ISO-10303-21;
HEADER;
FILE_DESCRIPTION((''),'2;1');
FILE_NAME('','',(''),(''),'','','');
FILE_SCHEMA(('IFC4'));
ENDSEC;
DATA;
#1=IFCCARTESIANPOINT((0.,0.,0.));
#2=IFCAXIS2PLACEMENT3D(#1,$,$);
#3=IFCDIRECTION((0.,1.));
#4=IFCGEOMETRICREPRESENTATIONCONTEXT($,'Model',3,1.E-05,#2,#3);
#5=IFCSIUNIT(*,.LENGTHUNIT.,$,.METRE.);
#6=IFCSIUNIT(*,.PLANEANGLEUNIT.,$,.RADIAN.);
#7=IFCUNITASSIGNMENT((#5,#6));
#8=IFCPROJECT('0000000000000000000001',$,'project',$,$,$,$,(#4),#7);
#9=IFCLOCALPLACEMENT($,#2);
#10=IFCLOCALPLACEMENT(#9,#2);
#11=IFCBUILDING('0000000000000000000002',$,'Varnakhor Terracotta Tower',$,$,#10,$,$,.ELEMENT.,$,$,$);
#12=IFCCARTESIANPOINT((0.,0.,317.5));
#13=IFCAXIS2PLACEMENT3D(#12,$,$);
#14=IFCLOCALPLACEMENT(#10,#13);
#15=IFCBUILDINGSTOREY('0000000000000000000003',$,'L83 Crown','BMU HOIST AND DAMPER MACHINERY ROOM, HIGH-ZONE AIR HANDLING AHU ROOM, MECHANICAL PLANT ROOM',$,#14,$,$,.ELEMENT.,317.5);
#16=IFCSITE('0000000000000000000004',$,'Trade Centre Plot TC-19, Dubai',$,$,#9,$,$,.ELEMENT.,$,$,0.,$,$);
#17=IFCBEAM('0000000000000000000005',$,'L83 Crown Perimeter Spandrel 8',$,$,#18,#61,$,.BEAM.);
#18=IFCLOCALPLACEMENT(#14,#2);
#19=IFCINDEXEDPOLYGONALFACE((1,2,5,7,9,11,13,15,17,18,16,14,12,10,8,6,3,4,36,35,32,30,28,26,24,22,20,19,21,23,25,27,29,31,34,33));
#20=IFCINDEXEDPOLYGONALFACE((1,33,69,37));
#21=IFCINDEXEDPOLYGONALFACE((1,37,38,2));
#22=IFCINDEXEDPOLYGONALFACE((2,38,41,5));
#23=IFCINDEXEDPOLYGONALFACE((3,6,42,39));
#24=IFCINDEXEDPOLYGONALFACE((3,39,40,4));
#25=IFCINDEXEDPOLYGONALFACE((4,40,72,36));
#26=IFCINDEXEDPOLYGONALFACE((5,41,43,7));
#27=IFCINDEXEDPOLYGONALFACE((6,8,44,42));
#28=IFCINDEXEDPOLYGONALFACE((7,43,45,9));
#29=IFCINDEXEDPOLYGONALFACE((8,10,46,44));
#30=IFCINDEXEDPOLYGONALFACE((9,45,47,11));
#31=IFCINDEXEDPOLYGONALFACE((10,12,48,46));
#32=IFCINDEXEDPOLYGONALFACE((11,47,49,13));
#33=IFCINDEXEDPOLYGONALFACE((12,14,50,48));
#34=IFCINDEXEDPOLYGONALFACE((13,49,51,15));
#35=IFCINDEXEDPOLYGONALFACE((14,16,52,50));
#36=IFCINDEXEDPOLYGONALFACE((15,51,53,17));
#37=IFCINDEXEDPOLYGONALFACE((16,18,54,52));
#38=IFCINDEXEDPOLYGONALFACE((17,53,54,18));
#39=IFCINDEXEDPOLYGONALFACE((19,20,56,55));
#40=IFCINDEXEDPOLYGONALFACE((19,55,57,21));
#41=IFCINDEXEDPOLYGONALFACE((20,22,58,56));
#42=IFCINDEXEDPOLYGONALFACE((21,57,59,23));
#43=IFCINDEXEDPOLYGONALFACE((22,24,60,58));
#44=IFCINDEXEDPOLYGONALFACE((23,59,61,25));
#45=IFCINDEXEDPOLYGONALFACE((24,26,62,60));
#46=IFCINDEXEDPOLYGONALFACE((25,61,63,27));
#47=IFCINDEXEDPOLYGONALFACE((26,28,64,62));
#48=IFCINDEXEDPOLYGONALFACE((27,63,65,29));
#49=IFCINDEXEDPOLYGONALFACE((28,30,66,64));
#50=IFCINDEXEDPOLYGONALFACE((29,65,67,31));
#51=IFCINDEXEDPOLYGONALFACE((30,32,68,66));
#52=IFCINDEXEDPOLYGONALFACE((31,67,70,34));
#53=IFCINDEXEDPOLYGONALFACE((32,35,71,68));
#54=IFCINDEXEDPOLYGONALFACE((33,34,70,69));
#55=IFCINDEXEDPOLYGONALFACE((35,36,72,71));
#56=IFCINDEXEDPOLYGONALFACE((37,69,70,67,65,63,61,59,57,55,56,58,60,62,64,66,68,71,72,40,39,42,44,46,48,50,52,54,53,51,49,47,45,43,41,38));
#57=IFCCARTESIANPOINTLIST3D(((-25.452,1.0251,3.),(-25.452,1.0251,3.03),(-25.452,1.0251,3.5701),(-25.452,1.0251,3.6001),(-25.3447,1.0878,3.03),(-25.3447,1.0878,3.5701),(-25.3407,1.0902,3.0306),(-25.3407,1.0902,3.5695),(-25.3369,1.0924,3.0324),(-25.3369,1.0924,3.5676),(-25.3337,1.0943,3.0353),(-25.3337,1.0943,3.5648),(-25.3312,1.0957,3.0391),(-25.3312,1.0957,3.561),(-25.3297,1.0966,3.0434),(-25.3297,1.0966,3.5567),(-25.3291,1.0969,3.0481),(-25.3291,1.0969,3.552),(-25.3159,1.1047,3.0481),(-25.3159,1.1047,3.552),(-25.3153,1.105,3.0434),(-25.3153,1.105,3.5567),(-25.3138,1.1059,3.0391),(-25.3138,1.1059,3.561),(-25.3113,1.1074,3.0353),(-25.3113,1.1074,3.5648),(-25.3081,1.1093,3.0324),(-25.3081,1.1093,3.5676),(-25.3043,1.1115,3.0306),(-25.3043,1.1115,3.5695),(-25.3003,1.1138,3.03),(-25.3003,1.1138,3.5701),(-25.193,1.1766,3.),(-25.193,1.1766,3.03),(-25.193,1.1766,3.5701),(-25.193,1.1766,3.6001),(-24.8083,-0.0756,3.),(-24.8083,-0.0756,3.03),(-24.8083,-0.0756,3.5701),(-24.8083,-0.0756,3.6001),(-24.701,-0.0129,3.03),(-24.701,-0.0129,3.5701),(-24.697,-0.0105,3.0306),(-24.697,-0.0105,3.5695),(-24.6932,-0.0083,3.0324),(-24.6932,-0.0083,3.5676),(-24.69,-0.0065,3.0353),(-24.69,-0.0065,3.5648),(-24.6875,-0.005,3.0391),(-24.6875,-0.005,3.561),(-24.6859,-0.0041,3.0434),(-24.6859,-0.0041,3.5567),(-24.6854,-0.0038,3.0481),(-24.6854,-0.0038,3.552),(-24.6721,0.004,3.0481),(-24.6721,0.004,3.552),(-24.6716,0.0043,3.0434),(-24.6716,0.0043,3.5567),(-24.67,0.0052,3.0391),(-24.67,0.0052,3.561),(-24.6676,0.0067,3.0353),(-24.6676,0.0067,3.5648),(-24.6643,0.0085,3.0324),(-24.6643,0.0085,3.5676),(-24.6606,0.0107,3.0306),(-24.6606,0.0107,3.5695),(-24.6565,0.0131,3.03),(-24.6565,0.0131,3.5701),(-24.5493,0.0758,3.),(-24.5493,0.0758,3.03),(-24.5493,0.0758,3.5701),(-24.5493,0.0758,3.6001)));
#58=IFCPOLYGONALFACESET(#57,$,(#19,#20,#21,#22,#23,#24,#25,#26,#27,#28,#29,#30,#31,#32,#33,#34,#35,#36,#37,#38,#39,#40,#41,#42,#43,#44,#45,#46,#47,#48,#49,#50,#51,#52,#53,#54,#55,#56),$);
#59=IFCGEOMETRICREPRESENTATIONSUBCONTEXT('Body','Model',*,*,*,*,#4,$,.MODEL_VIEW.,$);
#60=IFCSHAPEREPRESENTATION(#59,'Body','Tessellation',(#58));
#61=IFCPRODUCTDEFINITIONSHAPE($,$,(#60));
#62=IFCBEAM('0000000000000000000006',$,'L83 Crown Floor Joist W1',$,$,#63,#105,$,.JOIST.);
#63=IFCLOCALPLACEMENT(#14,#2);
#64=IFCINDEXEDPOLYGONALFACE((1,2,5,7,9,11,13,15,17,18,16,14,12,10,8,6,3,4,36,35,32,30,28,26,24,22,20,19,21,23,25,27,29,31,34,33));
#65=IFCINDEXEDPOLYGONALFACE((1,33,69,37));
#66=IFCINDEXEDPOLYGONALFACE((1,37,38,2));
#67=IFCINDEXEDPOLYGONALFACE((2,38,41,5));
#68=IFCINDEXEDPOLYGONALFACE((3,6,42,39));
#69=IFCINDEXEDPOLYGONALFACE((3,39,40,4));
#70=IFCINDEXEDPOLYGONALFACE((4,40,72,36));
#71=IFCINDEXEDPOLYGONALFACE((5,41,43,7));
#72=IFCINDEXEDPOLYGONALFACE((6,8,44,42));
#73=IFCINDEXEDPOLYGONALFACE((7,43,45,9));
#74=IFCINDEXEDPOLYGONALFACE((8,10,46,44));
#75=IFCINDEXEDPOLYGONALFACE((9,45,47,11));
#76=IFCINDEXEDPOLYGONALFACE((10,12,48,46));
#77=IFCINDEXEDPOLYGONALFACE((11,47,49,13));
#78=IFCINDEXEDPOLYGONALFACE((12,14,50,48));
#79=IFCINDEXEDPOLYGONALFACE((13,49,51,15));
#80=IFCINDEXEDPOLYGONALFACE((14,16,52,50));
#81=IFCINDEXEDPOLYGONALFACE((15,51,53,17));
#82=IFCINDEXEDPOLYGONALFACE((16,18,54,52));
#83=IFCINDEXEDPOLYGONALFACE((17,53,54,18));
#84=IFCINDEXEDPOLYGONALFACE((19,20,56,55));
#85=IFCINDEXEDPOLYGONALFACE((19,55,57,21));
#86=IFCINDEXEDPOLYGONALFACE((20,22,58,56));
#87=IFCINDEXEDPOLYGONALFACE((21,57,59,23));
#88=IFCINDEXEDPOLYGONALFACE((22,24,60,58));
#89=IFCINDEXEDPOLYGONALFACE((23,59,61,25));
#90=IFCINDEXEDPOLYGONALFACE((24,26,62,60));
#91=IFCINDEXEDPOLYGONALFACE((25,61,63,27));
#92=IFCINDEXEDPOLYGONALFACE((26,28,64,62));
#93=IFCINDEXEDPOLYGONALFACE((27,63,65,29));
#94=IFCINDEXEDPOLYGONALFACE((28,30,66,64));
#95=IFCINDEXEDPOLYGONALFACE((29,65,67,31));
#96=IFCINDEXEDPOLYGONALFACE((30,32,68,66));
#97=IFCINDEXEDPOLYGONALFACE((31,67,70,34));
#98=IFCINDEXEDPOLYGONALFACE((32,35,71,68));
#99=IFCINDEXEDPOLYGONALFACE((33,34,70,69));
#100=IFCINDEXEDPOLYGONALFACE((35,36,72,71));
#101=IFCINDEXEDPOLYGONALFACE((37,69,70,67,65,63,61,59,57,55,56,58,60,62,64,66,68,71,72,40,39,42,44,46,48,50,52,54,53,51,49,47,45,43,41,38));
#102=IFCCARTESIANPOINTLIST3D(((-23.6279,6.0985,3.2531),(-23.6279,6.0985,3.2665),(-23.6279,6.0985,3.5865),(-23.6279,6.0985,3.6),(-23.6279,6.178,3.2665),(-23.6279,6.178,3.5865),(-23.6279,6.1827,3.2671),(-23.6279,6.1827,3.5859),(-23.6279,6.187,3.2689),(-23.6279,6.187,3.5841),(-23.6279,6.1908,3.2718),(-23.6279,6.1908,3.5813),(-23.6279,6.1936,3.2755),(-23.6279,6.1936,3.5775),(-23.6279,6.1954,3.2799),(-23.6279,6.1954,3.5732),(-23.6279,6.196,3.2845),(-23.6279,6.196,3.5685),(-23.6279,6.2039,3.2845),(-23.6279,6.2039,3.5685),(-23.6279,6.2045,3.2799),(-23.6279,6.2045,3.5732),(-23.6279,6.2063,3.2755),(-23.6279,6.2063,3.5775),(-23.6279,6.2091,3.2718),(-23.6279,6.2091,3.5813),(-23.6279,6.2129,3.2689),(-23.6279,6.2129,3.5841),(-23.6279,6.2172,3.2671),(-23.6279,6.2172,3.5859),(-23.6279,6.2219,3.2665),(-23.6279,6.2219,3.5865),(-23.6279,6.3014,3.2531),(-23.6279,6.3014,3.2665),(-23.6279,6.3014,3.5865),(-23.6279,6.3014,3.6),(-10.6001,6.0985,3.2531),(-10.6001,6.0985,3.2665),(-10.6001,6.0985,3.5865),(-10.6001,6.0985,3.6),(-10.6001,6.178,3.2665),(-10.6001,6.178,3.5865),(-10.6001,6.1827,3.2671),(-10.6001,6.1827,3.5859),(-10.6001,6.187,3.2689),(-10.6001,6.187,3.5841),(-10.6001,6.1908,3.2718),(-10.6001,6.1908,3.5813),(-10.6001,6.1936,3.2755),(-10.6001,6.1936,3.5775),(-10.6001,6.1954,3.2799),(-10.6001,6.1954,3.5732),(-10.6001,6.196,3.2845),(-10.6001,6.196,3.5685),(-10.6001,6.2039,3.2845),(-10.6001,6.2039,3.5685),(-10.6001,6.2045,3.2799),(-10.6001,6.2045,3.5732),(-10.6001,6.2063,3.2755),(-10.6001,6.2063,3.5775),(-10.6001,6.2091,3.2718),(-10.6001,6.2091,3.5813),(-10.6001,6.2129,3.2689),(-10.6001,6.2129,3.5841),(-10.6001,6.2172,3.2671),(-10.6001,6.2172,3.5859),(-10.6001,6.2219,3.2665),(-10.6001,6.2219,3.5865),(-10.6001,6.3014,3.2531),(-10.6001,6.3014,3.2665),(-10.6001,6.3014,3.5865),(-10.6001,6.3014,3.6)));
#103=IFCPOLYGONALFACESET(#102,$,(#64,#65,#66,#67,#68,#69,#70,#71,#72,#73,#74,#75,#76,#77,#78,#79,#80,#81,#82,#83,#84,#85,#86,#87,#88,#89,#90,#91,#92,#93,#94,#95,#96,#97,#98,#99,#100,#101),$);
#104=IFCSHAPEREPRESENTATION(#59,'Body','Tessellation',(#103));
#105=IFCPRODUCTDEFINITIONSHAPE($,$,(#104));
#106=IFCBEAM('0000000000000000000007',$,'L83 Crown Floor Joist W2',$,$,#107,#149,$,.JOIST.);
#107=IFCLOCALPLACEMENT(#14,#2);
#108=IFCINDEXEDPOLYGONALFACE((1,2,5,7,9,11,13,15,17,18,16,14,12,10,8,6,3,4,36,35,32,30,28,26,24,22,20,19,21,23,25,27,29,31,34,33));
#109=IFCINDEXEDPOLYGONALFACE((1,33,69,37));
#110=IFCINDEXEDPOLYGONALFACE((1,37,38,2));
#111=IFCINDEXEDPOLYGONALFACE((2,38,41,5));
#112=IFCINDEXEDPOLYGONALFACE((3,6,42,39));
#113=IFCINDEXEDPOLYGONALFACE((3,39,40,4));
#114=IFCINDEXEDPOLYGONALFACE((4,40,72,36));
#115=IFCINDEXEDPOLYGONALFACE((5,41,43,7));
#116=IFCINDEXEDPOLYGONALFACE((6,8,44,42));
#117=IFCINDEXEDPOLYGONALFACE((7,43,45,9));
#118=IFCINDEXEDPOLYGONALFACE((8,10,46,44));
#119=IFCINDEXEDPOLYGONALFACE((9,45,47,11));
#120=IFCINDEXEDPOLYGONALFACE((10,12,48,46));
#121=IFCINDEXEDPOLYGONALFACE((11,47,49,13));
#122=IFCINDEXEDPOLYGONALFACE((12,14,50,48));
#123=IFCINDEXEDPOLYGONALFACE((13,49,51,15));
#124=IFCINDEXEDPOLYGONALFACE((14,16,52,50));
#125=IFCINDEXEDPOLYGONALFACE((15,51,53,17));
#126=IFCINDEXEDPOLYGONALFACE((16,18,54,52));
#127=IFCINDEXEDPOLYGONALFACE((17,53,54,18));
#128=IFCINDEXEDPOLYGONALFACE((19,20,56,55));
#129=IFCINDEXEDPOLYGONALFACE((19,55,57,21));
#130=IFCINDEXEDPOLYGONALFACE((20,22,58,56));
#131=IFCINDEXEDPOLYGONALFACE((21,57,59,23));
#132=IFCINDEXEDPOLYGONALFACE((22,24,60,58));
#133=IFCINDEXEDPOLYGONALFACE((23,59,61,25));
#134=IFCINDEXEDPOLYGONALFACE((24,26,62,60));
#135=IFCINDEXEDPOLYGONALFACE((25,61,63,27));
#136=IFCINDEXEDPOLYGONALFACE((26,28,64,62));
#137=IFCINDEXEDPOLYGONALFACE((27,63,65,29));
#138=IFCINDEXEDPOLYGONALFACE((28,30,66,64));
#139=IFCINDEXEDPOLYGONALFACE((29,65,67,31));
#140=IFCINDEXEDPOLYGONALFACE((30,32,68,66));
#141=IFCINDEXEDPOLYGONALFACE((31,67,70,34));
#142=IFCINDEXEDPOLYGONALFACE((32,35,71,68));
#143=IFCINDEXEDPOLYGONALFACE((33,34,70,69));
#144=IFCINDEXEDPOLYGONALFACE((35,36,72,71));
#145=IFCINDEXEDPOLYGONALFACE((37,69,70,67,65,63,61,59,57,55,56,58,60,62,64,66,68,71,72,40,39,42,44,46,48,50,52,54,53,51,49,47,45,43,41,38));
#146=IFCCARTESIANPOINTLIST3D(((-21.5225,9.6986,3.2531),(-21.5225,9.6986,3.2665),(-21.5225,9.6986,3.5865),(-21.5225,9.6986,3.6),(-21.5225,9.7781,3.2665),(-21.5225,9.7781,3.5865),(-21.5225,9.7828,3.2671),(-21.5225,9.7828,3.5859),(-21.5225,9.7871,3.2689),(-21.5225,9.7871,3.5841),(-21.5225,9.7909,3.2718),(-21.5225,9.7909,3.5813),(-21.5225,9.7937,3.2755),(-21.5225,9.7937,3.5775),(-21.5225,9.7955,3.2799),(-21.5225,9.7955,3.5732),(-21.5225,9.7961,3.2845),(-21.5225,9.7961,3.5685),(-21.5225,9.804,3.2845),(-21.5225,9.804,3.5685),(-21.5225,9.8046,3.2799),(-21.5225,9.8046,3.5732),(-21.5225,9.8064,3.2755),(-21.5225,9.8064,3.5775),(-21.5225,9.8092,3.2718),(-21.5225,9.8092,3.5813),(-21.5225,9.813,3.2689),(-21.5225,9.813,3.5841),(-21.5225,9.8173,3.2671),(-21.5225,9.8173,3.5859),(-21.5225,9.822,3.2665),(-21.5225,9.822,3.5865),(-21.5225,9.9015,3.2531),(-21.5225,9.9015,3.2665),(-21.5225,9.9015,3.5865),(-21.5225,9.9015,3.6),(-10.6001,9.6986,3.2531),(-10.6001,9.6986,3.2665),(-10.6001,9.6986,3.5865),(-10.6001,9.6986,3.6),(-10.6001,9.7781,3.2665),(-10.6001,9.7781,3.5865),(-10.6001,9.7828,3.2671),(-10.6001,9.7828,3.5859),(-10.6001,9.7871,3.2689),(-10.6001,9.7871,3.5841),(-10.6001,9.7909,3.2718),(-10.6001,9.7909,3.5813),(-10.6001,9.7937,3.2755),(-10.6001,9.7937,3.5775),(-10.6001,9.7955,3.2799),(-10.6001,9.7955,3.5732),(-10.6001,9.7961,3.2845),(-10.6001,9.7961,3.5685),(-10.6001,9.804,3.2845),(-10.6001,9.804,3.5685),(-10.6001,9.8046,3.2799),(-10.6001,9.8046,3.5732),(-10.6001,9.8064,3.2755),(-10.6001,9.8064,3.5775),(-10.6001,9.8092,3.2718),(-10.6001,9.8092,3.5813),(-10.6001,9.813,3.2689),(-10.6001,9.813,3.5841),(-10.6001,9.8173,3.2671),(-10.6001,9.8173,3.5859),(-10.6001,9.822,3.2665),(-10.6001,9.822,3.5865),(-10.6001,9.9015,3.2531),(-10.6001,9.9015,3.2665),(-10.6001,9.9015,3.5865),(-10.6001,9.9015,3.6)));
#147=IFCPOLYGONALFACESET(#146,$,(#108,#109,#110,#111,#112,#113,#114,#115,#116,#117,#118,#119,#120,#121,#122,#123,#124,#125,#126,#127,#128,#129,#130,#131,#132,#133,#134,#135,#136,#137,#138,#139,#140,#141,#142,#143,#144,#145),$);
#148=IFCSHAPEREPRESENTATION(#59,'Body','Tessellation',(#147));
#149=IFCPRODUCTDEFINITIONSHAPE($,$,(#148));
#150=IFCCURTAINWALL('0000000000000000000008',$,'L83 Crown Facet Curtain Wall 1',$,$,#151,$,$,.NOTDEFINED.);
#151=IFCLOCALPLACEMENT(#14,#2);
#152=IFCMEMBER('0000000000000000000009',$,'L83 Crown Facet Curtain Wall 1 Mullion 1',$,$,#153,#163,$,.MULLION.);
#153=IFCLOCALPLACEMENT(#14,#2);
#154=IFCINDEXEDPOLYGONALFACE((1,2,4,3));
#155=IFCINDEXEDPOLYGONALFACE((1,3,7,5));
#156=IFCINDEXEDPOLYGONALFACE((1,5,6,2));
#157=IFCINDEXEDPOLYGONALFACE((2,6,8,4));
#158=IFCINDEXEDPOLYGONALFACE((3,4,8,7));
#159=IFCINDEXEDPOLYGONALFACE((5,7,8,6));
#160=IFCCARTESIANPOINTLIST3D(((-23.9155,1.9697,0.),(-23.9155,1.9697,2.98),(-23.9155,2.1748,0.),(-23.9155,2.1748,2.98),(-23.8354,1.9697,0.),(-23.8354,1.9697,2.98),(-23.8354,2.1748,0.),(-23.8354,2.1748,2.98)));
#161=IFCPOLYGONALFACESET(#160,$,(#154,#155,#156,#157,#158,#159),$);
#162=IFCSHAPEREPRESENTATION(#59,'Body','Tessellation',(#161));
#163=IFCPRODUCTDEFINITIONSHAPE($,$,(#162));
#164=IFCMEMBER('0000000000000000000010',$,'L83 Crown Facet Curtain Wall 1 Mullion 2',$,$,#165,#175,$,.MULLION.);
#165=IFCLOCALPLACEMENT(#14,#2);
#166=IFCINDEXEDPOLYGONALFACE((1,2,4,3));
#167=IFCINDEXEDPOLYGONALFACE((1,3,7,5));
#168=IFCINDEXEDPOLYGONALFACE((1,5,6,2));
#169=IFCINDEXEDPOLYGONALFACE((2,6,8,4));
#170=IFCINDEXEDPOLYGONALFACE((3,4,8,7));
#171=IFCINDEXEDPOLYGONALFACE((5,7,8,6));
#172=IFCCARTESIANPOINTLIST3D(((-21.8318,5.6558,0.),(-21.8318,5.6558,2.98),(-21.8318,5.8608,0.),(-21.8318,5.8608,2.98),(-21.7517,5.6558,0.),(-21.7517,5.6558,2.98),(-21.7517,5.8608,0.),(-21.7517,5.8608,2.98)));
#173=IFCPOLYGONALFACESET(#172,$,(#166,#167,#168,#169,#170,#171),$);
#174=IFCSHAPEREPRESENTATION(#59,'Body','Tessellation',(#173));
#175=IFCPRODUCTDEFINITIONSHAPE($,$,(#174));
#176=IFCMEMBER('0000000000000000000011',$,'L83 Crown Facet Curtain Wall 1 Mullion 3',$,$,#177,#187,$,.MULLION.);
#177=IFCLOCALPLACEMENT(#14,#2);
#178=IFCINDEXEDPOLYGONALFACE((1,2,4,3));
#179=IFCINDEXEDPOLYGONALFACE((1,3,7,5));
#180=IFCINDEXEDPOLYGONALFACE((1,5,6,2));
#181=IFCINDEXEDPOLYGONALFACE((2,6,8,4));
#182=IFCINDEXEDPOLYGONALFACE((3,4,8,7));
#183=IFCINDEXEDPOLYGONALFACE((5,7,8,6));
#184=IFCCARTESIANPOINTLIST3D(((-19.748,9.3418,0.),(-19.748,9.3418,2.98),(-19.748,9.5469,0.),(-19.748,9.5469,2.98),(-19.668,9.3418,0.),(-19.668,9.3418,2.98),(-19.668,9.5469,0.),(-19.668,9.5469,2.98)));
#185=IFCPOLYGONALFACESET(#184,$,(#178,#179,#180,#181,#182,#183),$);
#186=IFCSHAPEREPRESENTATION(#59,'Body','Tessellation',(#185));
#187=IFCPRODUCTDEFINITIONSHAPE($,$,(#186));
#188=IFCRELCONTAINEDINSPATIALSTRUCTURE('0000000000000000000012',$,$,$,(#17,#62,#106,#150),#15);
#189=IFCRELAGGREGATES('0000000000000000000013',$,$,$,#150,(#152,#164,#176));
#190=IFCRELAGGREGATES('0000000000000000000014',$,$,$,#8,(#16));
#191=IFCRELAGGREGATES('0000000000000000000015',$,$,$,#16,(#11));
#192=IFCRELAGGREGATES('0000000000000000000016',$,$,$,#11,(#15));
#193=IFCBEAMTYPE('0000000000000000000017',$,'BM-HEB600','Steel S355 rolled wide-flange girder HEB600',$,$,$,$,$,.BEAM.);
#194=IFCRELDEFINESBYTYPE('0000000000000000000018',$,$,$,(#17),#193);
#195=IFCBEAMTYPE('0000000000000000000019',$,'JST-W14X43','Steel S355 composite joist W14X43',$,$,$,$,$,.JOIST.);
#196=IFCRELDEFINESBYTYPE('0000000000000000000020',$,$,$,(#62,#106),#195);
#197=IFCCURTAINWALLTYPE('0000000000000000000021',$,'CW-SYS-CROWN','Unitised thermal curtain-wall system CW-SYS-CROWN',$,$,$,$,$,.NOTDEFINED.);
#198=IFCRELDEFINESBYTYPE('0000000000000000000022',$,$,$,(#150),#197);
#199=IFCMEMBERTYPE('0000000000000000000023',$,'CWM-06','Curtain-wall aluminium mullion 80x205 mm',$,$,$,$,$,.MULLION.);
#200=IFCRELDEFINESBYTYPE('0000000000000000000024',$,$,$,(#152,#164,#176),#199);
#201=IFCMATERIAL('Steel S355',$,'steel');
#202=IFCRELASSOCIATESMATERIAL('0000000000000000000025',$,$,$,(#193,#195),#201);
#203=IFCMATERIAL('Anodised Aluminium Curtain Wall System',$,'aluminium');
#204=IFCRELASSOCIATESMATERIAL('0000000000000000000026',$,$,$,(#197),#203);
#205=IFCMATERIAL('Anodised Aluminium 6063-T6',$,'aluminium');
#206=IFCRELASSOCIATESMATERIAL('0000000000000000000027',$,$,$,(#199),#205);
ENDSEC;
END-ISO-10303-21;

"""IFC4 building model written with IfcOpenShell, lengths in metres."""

from ifc_helpers import new_model, si_unit, direction, frame, origin, origin_2d, place, context, subcontext, project, spatial, rectangle, i_section, extrude, source, transform, mapped, material, material_profile, profile_set, type_object, type_shapes, element, aggregate, save


model = new_model("IFC4")

# Units and contexts
model_context = context("Model", 3, precision=1e-05, world=origin(), true_north=direction((0.0, 1.0)))
body_context = subcontext(model_context, "Body", "Model", "MODEL_VIEW")
ifc_project = project(units=[si_unit("LENGTHUNIT", "METRE"), si_unit("PLANEANGLEUNIT", "RADIAN")], contexts=[model_context])

# Site, building, storey
site_placement = place(None, origin())
site = spatial("IfcSite", under=ifc_project, at=site_placement, Name="Trade Centre Plot TC-19, Dubai", CompositionType="ELEMENT", RefElevation=0.0)
building_placement = place(site_placement, origin())
building = spatial("IfcBuilding", under=site, at=building_placement, Name="Varnakhor Terracotta Tower", CompositionType="ELEMENT")
storey_placement = place(building_placement, frame((0.0, 0.0, 317.5)))
storey = spatial("IfcBuildingStorey", under=building, at=storey_placement, Name="L83 Crown", Description="BMU HOIST AND DAMPER MACHINERY ROOM, HIGH-ZONE AIR HANDLING AHU ROOM, MECHANICAL PLANT ROOM", CompositionType="ELEMENT", Elevation=317.5)

# Shared definitions
ifc_material_1 = material(Name="Steel S355", Category="steel")

# Beams
ifc_material_profile_1 = material_profile(ifc_material_1, i_section(OverallWidth=0.3, OverallDepth=0.6001, WebThickness=0.0154, FlangeThickness=0.03, FilletRadius=0.0181, at=origin_2d()), Name="HEB600")
ifc_profile_set_1 = profile_set([ifc_material_profile_1], Name="Steel S355")
beam_type_1 = type_object("IfcBeamType", Name="BM-HEB600", Description="Steel S355 rolled wide-flange girder HEB600", PredefinedType="BEAM", material=ifc_profile_set_1)
shared_shape_1 = source(origin(), body_context, "Body", "SweptSolid", [
    extrude(i_section(OverallWidth=0.3, OverallDepth=0.6001, WebThickness=0.0154, FlangeThickness=0.03, FilletRadius=0.0181, at=origin_2d()), origin(), (0.0, 0.0, 1.0), 1.2751),
])
beam_1_placement = place(storey_placement, frame((-25.3225, 1.1008, 3.3), z_axis=(0.504835, -0.863216, 0.0), x_axis=(0.863216, 0.504835, 0.0)))
element("IfcBeam", 1, at=beam_1_placement, inside=storey, type_object=beam_type_1, Name="L83 Crown Perimeter Spandrel 8", PredefinedType="BEAM", context=body_context, shape_type="MappedRepresentation", body=[
    mapped(shared_shape_1, transform((0.0, 0.0, 0.0), scale=1.0)),
])
ifc_material_profile_2 = material_profile(ifc_material_1, i_section(OverallWidth=0.2029, OverallDepth=0.3469, WebThickness=0.0078, FlangeThickness=0.0134, FilletRadius=0.0181, at=origin_2d()), Name="W14X43")
ifc_profile_set_2 = profile_set([ifc_material_profile_2], Name="Steel S355")
beam_type_2 = type_object("IfcBeamType", Name="JST-W14X43", Description="Steel S355 composite joist W14X43", PredefinedType="JOIST", material=ifc_profile_set_2)
shared_shape_2 = source(origin(), body_context, "Body", "SweptSolid", [
    extrude(i_section(OverallWidth=0.2029, OverallDepth=0.3469, WebThickness=0.0078, FlangeThickness=0.0134, FilletRadius=0.0181, at=origin_2d()), origin(), (0.0, 0.0, 1.0), 13.0278),
])
beam_2_placement = place(storey_placement, frame((-23.6279, 6.2, 3.4265), z_axis=(1.0, 0.0, 0.0), x_axis=(0.0, 1.0, 0.0)))
element("IfcBeam", 2, at=beam_2_placement, inside=storey, type_object=beam_type_2, Name="L83 Crown Floor Joist W1", PredefinedType="JOIST", context=body_context, shape_type="MappedRepresentation", body=[
    mapped(shared_shape_2, transform((0.0, 0.0, 0.0), scale=1.0)),
])
shared_shape_3 = source(origin(), body_context, "Body", "SweptSolid", [
    extrude(i_section(OverallWidth=0.2029, OverallDepth=0.3469, WebThickness=0.0078, FlangeThickness=0.0134, FilletRadius=0.0181, at=origin_2d()), origin(), (0.0, 0.0, 1.0), 10.9224),
])
beam_3_placement = place(storey_placement, frame((-21.5225, 9.8, 3.4265), z_axis=(1.0, 0.0, 0.0), x_axis=(0.0, 1.0, 0.0)))
element("IfcBeam", 3, at=beam_3_placement, inside=storey, type_object=beam_type_2, Name="L83 Crown Floor Joist W2", PredefinedType="JOIST", context=body_context, shape_type="MappedRepresentation", body=[
    mapped(shared_shape_3, transform((0.0, 0.0, 0.0), scale=1.0)),
])

# Curtain wall, members
ifc_material_2 = material(Name="Anodised Aluminium Curtain Wall System", Category="aluminium")
curtain_wall_type = type_object("IfcCurtainWallType", Name="CW-SYS-CROWN", Description="Unitised thermal curtain-wall system CW-SYS-CROWN", PredefinedType="NOTDEFINED", material=ifc_material_2)
curtain_wall_1_placement = place(storey_placement, origin())
curtain_wall_1 = element("IfcCurtainWall", 4, at=curtain_wall_1_placement, inside=storey, type_object=curtain_wall_type, Name="L83 Crown Facet Curtain Wall 1", PredefinedType="NOTDEFINED")
ifc_material_3 = material(Name="Anodised Aluminium 6063-T6", Category="aluminium")
ifc_material_profile_3 = material_profile(ifc_material_3, rectangle(XDim=0.0801, YDim=0.2051, at=origin_2d()), Name="ALU MULLION 80x205")
ifc_profile_set_3 = profile_set([ifc_material_profile_3], Name="Anodised Aluminium 6063-T6")
member_type_1 = type_object("IfcMemberType", Name="CWM-06", Description="Curtain-wall aluminium mullion 80x205 mm", PredefinedType="MULLION", material=ifc_profile_set_3)
shared_shape_4 = source(origin(), body_context, "Body", "SweptSolid", [
    extrude(rectangle(XDim=0.0801, YDim=0.2051, at=origin_2d()), origin(), (0.0, 0.0, 1.0), 2.98),
])
type_shapes(member_type_1, [shared_shape_4])
member_1_placement = place(storey_placement, frame((-23.8755, 2.0723, 0.0), z_axis=(0.0, 0.0, 1.0), x_axis=(1.0, 0.0, 0.0)))
member_1 = element("IfcMember", 5, at=member_1_placement, type_object=member_type_1, Name="L83 Crown Facet Curtain Wall 1 Mullion 1", PredefinedType="MULLION", context=body_context, shape_type="MappedRepresentation", body=[
    mapped(shared_shape_4, transform((0.0, 0.0, 0.0), scale=1.0)),
])
member_2_placement = place(storey_placement, frame((-21.7917, 5.7583, 0.0), z_axis=(0.0, 0.0, 1.0), x_axis=(1.0, 0.0, 0.0)))
member_2 = element("IfcMember", 6, at=member_2_placement, type_object=member_type_1, Name="L83 Crown Facet Curtain Wall 1 Mullion 2", PredefinedType="MULLION", context=body_context, shape_type="MappedRepresentation", body=[
    mapped(shared_shape_4, transform((0.0, 0.0, 0.0), scale=1.0)),
])
member_3_placement = place(storey_placement, frame((-19.708, 9.4443, 0.0), z_axis=(0.0, 0.0, 1.0), x_axis=(1.0, 0.0, 0.0)))
member_3 = element("IfcMember", 7, at=member_3_placement, type_object=member_type_1, Name="L83 Crown Facet Curtain Wall 1 Mullion 3", PredefinedType="MULLION", context=body_context, shape_type="MappedRepresentation", body=[
    mapped(shared_shape_4, transform((0.0, 0.0, 0.0), scale=1.0)),
])

aggregate(curtain_wall_1, [member_1, member_2, member_3])

save(model, "model.ifc")
